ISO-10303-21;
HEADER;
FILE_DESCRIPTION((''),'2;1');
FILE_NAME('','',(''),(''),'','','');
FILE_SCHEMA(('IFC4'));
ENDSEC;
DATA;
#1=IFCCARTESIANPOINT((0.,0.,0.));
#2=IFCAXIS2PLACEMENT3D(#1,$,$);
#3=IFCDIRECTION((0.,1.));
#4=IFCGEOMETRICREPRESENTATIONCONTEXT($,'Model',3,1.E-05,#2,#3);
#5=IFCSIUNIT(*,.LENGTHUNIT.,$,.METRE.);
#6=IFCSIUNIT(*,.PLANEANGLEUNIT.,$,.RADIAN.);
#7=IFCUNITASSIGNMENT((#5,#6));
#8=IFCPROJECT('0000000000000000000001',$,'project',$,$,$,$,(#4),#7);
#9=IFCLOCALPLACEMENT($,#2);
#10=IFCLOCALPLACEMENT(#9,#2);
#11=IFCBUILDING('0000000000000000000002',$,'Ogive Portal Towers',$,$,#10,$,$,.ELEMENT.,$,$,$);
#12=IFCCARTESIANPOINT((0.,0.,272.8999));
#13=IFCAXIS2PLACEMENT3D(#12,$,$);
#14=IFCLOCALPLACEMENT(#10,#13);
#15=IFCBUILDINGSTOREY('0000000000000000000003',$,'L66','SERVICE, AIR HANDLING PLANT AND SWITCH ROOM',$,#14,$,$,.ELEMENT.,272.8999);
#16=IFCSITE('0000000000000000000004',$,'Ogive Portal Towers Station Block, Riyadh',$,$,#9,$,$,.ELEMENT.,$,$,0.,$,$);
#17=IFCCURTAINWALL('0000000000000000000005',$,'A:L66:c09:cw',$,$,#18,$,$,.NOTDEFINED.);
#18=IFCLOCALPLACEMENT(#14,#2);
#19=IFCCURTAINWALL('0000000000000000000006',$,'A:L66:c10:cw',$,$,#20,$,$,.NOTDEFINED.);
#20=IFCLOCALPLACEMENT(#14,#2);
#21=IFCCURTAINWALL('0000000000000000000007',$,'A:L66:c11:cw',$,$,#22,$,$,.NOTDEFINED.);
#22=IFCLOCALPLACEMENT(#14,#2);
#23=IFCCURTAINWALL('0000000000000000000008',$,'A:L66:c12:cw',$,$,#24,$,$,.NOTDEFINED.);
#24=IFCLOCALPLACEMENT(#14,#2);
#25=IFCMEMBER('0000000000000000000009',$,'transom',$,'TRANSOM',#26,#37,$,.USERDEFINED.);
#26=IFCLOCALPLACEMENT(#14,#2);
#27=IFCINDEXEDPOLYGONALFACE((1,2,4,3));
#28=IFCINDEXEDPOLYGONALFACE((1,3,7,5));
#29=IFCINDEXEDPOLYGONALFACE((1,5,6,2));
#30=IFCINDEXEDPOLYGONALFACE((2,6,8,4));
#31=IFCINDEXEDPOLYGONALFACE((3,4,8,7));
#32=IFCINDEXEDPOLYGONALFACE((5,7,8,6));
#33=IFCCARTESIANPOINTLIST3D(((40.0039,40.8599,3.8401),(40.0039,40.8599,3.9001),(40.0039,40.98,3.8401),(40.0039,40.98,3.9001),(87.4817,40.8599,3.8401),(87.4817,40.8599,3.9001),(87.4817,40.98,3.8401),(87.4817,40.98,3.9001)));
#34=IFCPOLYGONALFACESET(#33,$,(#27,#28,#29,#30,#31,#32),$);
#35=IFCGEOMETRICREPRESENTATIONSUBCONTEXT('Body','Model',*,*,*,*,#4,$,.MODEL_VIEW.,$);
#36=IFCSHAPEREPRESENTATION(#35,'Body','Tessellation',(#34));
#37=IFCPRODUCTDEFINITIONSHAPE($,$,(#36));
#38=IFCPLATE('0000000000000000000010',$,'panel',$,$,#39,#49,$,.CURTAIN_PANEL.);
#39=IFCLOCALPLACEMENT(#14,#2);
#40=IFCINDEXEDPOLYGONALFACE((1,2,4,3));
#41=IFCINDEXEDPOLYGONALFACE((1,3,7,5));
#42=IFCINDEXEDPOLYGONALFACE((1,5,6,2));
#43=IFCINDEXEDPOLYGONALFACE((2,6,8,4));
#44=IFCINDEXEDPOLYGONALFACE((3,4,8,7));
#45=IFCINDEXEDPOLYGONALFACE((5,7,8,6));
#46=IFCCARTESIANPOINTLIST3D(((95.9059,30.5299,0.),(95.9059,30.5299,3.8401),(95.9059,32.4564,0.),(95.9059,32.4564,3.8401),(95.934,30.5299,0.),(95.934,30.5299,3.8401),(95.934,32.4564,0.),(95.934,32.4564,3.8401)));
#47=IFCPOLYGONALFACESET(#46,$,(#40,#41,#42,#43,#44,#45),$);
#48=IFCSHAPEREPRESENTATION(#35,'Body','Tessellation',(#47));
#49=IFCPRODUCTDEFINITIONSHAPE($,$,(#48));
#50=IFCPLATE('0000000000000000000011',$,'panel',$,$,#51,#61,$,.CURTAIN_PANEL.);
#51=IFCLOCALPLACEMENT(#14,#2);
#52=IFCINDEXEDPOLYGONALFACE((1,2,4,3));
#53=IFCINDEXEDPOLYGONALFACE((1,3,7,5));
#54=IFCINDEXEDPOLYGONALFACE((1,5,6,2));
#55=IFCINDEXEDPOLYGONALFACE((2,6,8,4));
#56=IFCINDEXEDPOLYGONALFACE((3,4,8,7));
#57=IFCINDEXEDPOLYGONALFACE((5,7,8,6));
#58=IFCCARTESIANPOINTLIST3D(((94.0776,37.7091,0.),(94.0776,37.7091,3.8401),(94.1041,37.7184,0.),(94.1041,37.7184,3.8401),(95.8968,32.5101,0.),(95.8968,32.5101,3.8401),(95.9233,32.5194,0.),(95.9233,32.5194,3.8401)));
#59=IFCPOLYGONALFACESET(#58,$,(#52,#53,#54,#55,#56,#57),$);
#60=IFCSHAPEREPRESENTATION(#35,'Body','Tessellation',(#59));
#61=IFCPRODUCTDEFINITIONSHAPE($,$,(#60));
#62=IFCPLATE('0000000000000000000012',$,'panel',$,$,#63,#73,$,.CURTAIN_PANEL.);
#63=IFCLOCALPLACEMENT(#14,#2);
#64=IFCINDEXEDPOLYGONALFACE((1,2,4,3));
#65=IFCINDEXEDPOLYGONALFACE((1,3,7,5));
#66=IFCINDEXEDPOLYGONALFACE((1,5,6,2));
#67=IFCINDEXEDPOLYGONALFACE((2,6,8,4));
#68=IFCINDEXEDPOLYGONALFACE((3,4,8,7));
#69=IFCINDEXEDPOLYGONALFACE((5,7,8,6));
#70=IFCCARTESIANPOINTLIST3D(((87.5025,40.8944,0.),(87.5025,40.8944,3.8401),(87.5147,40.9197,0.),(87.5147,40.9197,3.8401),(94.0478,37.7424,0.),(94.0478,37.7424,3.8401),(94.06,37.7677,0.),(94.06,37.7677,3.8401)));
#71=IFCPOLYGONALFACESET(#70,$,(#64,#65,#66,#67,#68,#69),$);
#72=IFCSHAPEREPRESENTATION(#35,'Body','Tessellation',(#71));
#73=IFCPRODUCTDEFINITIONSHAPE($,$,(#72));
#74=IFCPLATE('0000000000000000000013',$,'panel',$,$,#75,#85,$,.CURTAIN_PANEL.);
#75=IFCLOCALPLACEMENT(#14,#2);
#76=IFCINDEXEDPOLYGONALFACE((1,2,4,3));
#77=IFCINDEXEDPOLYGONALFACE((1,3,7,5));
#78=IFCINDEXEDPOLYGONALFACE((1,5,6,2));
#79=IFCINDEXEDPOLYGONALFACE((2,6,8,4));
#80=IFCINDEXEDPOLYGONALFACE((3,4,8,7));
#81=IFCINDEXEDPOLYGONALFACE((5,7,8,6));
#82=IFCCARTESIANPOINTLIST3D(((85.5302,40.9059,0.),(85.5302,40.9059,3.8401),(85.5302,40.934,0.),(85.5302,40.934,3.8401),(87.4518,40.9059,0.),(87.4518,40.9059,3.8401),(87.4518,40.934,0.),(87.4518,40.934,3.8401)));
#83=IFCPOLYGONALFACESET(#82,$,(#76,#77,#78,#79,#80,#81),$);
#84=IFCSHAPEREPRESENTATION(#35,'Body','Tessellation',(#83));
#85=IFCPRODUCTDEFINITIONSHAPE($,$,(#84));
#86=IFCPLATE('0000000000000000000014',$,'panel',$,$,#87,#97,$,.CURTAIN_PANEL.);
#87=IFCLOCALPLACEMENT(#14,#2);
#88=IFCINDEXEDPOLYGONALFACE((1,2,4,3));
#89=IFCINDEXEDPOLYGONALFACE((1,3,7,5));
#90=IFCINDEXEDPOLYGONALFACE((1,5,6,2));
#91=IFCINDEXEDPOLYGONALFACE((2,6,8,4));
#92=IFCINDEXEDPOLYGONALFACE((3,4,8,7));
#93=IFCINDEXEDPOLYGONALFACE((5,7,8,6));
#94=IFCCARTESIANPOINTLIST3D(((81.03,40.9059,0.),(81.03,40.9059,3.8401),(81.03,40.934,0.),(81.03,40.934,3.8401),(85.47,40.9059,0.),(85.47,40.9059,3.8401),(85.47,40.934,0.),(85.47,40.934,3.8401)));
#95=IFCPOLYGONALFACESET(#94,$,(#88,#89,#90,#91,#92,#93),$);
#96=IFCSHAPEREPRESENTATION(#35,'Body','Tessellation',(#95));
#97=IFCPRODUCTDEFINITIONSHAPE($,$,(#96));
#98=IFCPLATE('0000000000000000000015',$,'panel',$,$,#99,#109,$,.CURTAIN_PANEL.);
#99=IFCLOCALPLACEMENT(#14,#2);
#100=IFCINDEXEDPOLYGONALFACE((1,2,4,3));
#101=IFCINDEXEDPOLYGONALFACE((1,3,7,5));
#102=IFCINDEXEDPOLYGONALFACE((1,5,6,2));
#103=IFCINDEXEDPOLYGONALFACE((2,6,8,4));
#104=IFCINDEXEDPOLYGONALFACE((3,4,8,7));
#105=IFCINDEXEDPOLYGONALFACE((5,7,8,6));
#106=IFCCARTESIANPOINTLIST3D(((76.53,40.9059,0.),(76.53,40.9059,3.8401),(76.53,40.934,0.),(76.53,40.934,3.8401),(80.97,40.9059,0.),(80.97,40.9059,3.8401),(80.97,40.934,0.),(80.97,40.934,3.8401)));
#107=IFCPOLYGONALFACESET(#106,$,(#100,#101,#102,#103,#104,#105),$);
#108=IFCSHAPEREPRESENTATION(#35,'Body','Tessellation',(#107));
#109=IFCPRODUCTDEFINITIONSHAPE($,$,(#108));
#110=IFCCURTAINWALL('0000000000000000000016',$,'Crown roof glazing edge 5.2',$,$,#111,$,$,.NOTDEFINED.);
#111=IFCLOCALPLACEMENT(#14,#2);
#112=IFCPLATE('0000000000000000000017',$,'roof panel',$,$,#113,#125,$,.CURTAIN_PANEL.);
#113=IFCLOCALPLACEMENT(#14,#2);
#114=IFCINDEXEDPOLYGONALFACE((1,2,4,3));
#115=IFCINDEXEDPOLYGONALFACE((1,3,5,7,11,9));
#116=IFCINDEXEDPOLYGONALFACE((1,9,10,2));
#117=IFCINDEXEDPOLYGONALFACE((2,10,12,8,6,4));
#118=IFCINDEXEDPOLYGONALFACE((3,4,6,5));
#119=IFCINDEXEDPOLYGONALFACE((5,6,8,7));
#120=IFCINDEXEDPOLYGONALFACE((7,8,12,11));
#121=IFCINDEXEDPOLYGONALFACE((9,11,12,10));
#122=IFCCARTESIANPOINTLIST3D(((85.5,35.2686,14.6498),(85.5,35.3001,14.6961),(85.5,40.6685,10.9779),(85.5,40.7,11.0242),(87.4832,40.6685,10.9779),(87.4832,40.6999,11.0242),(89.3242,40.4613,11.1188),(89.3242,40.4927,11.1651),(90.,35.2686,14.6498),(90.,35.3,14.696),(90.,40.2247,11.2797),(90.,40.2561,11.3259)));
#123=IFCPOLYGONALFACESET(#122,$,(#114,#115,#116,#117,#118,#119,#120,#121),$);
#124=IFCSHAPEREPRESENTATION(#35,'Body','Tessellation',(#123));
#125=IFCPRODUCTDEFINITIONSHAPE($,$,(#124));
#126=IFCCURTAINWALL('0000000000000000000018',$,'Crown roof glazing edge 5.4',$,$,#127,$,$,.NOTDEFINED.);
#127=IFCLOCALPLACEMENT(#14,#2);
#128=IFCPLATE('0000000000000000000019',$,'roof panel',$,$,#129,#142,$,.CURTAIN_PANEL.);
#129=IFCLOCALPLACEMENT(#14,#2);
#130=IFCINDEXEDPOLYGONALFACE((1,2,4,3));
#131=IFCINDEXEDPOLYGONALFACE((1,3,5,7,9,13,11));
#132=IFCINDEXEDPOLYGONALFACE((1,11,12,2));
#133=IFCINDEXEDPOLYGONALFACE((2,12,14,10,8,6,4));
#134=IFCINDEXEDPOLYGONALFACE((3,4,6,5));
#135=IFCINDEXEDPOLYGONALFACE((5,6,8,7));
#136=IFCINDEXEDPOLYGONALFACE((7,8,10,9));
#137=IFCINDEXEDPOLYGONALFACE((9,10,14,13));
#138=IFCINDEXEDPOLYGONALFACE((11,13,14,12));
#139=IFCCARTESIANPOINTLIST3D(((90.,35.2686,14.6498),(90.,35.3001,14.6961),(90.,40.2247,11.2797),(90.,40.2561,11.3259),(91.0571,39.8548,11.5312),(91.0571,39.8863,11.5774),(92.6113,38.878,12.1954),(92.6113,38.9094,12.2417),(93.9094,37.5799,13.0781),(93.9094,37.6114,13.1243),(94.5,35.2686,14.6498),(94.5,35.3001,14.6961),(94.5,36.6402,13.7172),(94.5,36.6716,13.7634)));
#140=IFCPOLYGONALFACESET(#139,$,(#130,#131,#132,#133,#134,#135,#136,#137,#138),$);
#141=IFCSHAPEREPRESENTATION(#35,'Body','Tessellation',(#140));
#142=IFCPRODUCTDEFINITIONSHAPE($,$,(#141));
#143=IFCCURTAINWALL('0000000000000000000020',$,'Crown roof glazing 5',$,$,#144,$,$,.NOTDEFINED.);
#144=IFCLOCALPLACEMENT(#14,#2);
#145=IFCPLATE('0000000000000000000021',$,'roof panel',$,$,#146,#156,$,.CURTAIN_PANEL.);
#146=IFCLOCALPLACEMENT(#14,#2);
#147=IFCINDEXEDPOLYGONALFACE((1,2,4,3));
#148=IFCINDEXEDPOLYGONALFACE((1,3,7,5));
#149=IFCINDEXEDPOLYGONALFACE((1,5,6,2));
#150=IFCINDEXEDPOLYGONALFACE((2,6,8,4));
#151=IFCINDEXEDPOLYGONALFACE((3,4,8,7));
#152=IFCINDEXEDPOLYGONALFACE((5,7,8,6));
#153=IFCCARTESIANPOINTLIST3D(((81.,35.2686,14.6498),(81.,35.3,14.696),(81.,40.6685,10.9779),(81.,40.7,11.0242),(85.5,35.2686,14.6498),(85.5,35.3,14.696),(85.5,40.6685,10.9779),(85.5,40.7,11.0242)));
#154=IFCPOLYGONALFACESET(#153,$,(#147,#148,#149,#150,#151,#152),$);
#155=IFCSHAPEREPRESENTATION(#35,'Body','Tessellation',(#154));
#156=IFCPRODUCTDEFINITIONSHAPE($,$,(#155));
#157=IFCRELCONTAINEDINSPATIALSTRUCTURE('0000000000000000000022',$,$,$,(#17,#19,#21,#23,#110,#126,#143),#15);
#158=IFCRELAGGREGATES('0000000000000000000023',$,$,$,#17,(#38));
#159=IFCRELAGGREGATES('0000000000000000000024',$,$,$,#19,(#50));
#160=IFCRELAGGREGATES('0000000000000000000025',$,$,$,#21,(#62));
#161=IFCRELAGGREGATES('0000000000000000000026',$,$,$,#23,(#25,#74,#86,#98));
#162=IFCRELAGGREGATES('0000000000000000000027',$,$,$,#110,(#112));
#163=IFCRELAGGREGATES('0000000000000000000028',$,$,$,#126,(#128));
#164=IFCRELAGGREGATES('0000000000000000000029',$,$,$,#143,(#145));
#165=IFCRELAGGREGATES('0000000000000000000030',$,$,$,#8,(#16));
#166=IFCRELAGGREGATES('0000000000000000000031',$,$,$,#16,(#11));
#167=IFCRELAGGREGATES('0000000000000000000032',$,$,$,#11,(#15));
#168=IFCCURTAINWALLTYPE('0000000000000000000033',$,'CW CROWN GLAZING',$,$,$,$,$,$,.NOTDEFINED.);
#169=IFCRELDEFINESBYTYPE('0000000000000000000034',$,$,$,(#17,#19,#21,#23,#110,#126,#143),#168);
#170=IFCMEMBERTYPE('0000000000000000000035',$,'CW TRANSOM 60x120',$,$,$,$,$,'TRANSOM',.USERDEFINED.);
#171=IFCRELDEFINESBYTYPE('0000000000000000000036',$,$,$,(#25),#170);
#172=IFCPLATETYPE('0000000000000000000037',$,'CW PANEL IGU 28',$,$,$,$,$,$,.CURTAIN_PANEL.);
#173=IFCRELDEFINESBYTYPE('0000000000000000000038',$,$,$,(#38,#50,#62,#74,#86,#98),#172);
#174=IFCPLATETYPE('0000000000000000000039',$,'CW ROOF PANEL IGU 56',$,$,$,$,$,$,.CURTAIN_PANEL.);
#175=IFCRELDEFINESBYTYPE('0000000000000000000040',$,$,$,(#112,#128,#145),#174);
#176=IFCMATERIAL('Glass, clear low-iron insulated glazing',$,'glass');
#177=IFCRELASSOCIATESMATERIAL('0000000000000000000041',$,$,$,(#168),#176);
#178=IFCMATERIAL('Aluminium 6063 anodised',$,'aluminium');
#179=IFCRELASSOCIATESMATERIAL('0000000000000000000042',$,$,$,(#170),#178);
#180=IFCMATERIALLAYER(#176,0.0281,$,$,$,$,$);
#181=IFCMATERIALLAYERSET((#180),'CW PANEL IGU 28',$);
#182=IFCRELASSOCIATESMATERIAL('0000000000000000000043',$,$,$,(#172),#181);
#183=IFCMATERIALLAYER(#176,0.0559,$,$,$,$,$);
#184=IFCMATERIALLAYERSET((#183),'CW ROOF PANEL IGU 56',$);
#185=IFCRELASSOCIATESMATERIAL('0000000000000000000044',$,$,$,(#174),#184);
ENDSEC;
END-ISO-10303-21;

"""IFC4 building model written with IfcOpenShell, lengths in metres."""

from ifc_helpers import new_model, si_unit, direction, frame, origin, origin_2d, place, context, subcontext, project, spatial, polyline, rectangle, outline, extrude, material, layer, layer_set, material_profile, profile_set, type_object, element, aggregate, save


model = new_model("IFC4")

# Units and contexts
model_context = context("Model", 3, precision=1e-05, world=origin(), true_north=direction((0.0, 1.0)))
body_context = subcontext(model_context, "Body", "Model", "MODEL_VIEW")
ifc_project = project(units=[si_unit("LENGTHUNIT", "METRE"), si_unit("PLANEANGLEUNIT", "RADIAN")], contexts=[model_context])

# Site, building, storey
site_placement = place(None, origin())
site = spatial("IfcSite", under=ifc_project, at=site_placement, Name="Ogive Portal Towers Station Block, Riyadh", CompositionType="ELEMENT", RefElevation=0.0)
building_placement = place(site_placement, origin())
building = spatial("IfcBuilding", under=site, at=building_placement, Name="Ogive Portal Towers", CompositionType="ELEMENT")
storey_placement = place(building_placement, frame((0.0, 0.0, 272.8999)))
storey = spatial("IfcBuildingStorey", under=building, at=storey_placement, Name="L66", Description="SERVICE, AIR HANDLING PLANT AND SWITCH ROOM", CompositionType="ELEMENT", Elevation=272.8999)

# Curtain walls
ifc_material_1 = material(Name="Glass, clear low-iron insulated glazing", Category="glass")
curtain_wall_type = type_object("IfcCurtainWallType", Name="CW CROWN GLAZING", PredefinedType="NOTDEFINED", material=ifc_material_1)
curtain_wall_1_placement = place(storey_placement, origin())
curtain_wall_1 = element("IfcCurtainWall", 1, at=curtain_wall_1_placement, inside=storey, type_object=curtain_wall_type, Name="A:L66:c09:cw", PredefinedType="NOTDEFINED")
ifc_material_2 = material(Name="Aluminium 6063 anodised", Category="aluminium")
curtain_wall_2_placement = place(storey_placement, origin())
curtain_wall_2 = element("IfcCurtainWall", 2, at=curtain_wall_2_placement, inside=storey, type_object=curtain_wall_type, Name="A:L66:c10:cw", PredefinedType="NOTDEFINED")
curtain_wall_3_placement = place(storey_placement, origin())
curtain_wall_3 = element("IfcCurtainWall", 3, at=curtain_wall_3_placement, inside=storey, type_object=curtain_wall_type, Name="A:L66:c11:cw", PredefinedType="NOTDEFINED")

# Curtain wall
curtain_wall_4_placement = place(storey_placement, origin())
curtain_wall_4 = element("IfcCurtainWall", 4, at=curtain_wall_4_placement, inside=storey, type_object=curtain_wall_type, Name="A:L66:c12:cw", PredefinedType="NOTDEFINED")

# Member
ifc_material_profile_1 = material_profile(ifc_material_2, rectangle(XDim=0.1201, YDim=0.0601, at=origin_2d()), Name="AL 120x60")
ifc_profile_set_1 = profile_set([ifc_material_profile_1], Name="Aluminium 6063 anodised")
member_type_1 = type_object("IfcMemberType", Name="CW TRANSOM 60x120", ElementType="TRANSOM", PredefinedType="USERDEFINED", material=ifc_profile_set_1)
member_1_placement = place(storey_placement, frame((87.4817, 40.9199, 3.8701), z_axis=(-1.0, 0.0, 0.0), x_axis=(0.0, -1.0, 0.0)))
member_1 = element("IfcMember", 5, at=member_1_placement, type_object=member_type_1, Name="transom", ObjectType="TRANSOM", PredefinedType="USERDEFINED", context=body_context, shape_type="SweptSolid", body=[
    extrude(rectangle(XDim=0.1201, YDim=0.0601, at=origin_2d()), origin(), (0.0, 0.0, 1.0), 47.4778),
])

# Plates
ifc_layer_1 = layer(ifc_material_1, 0.0281)
ifc_layer_set_1 = layer_set([ifc_layer_1], Name="CW PANEL IGU 28")
plate_type_1 = type_object("IfcPlateType", Name="CW PANEL IGU 28", PredefinedType="CURTAIN_PANEL", material=ifc_layer_set_1)
plate_1_placement = place(storey_placement, frame((95.9199, 31.4932, 0.0), z_axis=(0.0, 0.0, 1.0), x_axis=(0.0, 1.0, 0.0)))
plate_1 = element("IfcPlate", 6, at=plate_1_placement, type_object=plate_type_1, Name="panel", PredefinedType="CURTAIN_PANEL", context=body_context, shape_type="SweptSolid", body=[
    extrude(rectangle(XDim=1.9265, YDim=0.0281, at=origin_2d()), origin(), (0.0, 0.0, 1.0), 3.8401),
])
aggregate(curtain_wall_1, [plate_1])
plate_2_placement = place(storey_placement, frame((95.0005, 35.1143, 0.0), z_axis=(0.0, 0.0, 1.0), x_axis=(-0.330279, 0.943883, 0.0)))
plate_2 = element("IfcPlate", 7, at=plate_2_placement, type_object=plate_type_1, Name="panel", PredefinedType="CURTAIN_PANEL", context=body_context, shape_type="SweptSolid", body=[
    extrude(rectangle(XDim=5.5081, YDim=0.0281, at=origin_2d()), origin(), (0.0, 0.0, 1.0), 3.8401),
])
aggregate(curtain_wall_2, [plate_2])
plate_3_placement = place(storey_placement, frame((90.7812, 39.3311, 0.0), z_axis=(0.0, 0.0, 1.0), x_axis=(-0.900969, 0.433884, 0.0)))
plate_3 = element("IfcPlate", 8, at=plate_3_placement, type_object=plate_type_1, Name="panel", PredefinedType="CURTAIN_PANEL", context=body_context, shape_type="SweptSolid", body=[
    extrude(rectangle(XDim=7.2646, YDim=0.0281, at=origin_2d()), origin(), (0.0, 0.0, 1.0), 3.8401),
])
aggregate(curtain_wall_3, [plate_3])
plate_4_placement = place(storey_placement, frame((86.491, 40.9199, 0.0), z_axis=(0.0, 0.0, 1.0), x_axis=(-1.0, 0.0, 0.0)))
plate_4 = element("IfcPlate", 9, at=plate_4_placement, type_object=plate_type_1, Name="panel", PredefinedType="CURTAIN_PANEL", context=body_context, shape_type="SweptSolid", body=[
    extrude(rectangle(XDim=1.9216, YDim=0.0281, at=origin_2d()), origin(), (0.0, 0.0, 1.0), 3.8401),
])
plate_5_placement = place(storey_placement, frame((83.25, 40.9199, 0.0), z_axis=(0.0, 0.0, 1.0), x_axis=(-1.0, 0.0, 0.0)))
plate_5 = element("IfcPlate", 10, at=plate_5_placement, type_object=plate_type_1, Name="panel", PredefinedType="CURTAIN_PANEL", context=body_context, shape_type="SweptSolid", body=[
    extrude(rectangle(XDim=4.4399, YDim=0.0281, at=origin_2d()), origin(), (0.0, 0.0, 1.0), 3.8401),
])
plate_6_placement = place(storey_placement, frame((78.75, 40.9199, 0.0), z_axis=(0.0, 0.0, 1.0), x_axis=(-1.0, 0.0, 0.0)))
plate_6 = element("IfcPlate", 11, at=plate_6_placement, type_object=plate_type_1, Name="panel", PredefinedType="CURTAIN_PANEL", context=body_context, shape_type="SweptSolid", body=[
    extrude(rectangle(XDim=4.4399, YDim=0.0281, at=origin_2d()), origin(), (0.0, 0.0, 1.0), 3.8401),
])
aggregate(curtain_wall_4, [member_1, plate_4, plate_5, plate_6])

# Curtain walls, plates
curtain_wall_5_placement = place(storey_placement, origin())
curtain_wall_5 = element("IfcCurtainWall", 12, at=curtain_wall_5_placement, inside=storey, type_object=curtain_wall_type, Name="Crown roof glazing edge 5.2", PredefinedType="NOTDEFINED")
ifc_layer_2 = layer(ifc_material_1, 0.0559)
ifc_layer_set_2 = layer_set([ifc_layer_2], Name="CW ROOF PANEL IGU 56")
plate_type_2 = type_object("IfcPlateType", Name="CW ROOF PANEL IGU 56", PredefinedType="CURTAIN_PANEL", material=ifc_layer_set_2)
plate_7_placement = place(storey_placement, frame((85.5, 40.7, 11.0242), z_axis=(0.000005, 0.562307, 0.826929), x_axis=(0.0, -0.826929, 0.562307)))
plate_7 = element("IfcPlate", 13, at=plate_7_placement, type_object=plate_type_2, Name="roof panel", PredefinedType="CURTAIN_PANEL", context=body_context, shape_type="SweptSolid", body=[
    extrude(outline(polyline([(0.0, 0.0), (6.5301, 0.0), (6.5301, 4.5), (0.5367, 4.5), (0.2506, 3.8242), (0.0, 1.9832), (0.0, 0.0)])), origin(), (0.0, 0.0, -1.0), 0.0559),
])
aggregate(curtain_wall_5, [plate_7])
curtain_wall_6_placement = place(storey_placement, origin())
curtain_wall_6 = element("IfcCurtainWall", 14, at=curtain_wall_6_placement, inside=storey, type_object=curtain_wall_type, Name="Crown roof glazing edge 5.4", PredefinedType="NOTDEFINED")
plate_8_placement = place(storey_placement, frame((90.0, 40.2561, 11.3259), z_axis=(0.000003, 0.562314, 0.826924), x_axis=(0.0, -0.826924, 0.562314)))
plate_8 = element("IfcPlate", 15, at=plate_8_placement, type_object=plate_type_2, Name="roof panel", PredefinedType="CURTAIN_PANEL", context=body_context, shape_type="SweptSolid", body=[
    extrude(outline(polyline([(0.0, 0.0), (5.9933, 0.0), (5.9933, 4.5), (4.3347, 4.5), (3.1983, 3.9094), (1.6286, 2.6113), (0.4473, 1.0571), (0.0, 0.0)])), origin(), (0.0, 0.0, -1.0), 0.0559),
])
aggregate(curtain_wall_6, [plate_8])
curtain_wall_7_placement = place(storey_placement, origin())
curtain_wall_7 = element("IfcCurtainWall", 16, at=curtain_wall_7_placement, inside=storey, type_object=curtain_wall_type, Name="Crown roof glazing 5", PredefinedType="NOTDEFINED")
plate_9_placement = place(storey_placement, frame((81.0, 40.7, 11.0242), z_axis=(0.0, 0.562304, 0.826931), x_axis=(0.0, -0.826931, 0.562304)))
plate_9 = element("IfcPlate", 17, at=plate_9_placement, type_object=plate_type_2, Name="roof panel", PredefinedType="CURTAIN_PANEL", context=body_context, shape_type="SweptSolid", body=[
    extrude(outline(polyline([(0.0, 0.0), (6.5301, 0.0), (6.5301, 4.5), (0.0, 4.5), (0.0, 0.0)])), origin(), (0.0, 0.0, -1.0), 0.0559),
])
aggregate(curtain_wall_7, [plate_9])

save(model, "model.ifc")
